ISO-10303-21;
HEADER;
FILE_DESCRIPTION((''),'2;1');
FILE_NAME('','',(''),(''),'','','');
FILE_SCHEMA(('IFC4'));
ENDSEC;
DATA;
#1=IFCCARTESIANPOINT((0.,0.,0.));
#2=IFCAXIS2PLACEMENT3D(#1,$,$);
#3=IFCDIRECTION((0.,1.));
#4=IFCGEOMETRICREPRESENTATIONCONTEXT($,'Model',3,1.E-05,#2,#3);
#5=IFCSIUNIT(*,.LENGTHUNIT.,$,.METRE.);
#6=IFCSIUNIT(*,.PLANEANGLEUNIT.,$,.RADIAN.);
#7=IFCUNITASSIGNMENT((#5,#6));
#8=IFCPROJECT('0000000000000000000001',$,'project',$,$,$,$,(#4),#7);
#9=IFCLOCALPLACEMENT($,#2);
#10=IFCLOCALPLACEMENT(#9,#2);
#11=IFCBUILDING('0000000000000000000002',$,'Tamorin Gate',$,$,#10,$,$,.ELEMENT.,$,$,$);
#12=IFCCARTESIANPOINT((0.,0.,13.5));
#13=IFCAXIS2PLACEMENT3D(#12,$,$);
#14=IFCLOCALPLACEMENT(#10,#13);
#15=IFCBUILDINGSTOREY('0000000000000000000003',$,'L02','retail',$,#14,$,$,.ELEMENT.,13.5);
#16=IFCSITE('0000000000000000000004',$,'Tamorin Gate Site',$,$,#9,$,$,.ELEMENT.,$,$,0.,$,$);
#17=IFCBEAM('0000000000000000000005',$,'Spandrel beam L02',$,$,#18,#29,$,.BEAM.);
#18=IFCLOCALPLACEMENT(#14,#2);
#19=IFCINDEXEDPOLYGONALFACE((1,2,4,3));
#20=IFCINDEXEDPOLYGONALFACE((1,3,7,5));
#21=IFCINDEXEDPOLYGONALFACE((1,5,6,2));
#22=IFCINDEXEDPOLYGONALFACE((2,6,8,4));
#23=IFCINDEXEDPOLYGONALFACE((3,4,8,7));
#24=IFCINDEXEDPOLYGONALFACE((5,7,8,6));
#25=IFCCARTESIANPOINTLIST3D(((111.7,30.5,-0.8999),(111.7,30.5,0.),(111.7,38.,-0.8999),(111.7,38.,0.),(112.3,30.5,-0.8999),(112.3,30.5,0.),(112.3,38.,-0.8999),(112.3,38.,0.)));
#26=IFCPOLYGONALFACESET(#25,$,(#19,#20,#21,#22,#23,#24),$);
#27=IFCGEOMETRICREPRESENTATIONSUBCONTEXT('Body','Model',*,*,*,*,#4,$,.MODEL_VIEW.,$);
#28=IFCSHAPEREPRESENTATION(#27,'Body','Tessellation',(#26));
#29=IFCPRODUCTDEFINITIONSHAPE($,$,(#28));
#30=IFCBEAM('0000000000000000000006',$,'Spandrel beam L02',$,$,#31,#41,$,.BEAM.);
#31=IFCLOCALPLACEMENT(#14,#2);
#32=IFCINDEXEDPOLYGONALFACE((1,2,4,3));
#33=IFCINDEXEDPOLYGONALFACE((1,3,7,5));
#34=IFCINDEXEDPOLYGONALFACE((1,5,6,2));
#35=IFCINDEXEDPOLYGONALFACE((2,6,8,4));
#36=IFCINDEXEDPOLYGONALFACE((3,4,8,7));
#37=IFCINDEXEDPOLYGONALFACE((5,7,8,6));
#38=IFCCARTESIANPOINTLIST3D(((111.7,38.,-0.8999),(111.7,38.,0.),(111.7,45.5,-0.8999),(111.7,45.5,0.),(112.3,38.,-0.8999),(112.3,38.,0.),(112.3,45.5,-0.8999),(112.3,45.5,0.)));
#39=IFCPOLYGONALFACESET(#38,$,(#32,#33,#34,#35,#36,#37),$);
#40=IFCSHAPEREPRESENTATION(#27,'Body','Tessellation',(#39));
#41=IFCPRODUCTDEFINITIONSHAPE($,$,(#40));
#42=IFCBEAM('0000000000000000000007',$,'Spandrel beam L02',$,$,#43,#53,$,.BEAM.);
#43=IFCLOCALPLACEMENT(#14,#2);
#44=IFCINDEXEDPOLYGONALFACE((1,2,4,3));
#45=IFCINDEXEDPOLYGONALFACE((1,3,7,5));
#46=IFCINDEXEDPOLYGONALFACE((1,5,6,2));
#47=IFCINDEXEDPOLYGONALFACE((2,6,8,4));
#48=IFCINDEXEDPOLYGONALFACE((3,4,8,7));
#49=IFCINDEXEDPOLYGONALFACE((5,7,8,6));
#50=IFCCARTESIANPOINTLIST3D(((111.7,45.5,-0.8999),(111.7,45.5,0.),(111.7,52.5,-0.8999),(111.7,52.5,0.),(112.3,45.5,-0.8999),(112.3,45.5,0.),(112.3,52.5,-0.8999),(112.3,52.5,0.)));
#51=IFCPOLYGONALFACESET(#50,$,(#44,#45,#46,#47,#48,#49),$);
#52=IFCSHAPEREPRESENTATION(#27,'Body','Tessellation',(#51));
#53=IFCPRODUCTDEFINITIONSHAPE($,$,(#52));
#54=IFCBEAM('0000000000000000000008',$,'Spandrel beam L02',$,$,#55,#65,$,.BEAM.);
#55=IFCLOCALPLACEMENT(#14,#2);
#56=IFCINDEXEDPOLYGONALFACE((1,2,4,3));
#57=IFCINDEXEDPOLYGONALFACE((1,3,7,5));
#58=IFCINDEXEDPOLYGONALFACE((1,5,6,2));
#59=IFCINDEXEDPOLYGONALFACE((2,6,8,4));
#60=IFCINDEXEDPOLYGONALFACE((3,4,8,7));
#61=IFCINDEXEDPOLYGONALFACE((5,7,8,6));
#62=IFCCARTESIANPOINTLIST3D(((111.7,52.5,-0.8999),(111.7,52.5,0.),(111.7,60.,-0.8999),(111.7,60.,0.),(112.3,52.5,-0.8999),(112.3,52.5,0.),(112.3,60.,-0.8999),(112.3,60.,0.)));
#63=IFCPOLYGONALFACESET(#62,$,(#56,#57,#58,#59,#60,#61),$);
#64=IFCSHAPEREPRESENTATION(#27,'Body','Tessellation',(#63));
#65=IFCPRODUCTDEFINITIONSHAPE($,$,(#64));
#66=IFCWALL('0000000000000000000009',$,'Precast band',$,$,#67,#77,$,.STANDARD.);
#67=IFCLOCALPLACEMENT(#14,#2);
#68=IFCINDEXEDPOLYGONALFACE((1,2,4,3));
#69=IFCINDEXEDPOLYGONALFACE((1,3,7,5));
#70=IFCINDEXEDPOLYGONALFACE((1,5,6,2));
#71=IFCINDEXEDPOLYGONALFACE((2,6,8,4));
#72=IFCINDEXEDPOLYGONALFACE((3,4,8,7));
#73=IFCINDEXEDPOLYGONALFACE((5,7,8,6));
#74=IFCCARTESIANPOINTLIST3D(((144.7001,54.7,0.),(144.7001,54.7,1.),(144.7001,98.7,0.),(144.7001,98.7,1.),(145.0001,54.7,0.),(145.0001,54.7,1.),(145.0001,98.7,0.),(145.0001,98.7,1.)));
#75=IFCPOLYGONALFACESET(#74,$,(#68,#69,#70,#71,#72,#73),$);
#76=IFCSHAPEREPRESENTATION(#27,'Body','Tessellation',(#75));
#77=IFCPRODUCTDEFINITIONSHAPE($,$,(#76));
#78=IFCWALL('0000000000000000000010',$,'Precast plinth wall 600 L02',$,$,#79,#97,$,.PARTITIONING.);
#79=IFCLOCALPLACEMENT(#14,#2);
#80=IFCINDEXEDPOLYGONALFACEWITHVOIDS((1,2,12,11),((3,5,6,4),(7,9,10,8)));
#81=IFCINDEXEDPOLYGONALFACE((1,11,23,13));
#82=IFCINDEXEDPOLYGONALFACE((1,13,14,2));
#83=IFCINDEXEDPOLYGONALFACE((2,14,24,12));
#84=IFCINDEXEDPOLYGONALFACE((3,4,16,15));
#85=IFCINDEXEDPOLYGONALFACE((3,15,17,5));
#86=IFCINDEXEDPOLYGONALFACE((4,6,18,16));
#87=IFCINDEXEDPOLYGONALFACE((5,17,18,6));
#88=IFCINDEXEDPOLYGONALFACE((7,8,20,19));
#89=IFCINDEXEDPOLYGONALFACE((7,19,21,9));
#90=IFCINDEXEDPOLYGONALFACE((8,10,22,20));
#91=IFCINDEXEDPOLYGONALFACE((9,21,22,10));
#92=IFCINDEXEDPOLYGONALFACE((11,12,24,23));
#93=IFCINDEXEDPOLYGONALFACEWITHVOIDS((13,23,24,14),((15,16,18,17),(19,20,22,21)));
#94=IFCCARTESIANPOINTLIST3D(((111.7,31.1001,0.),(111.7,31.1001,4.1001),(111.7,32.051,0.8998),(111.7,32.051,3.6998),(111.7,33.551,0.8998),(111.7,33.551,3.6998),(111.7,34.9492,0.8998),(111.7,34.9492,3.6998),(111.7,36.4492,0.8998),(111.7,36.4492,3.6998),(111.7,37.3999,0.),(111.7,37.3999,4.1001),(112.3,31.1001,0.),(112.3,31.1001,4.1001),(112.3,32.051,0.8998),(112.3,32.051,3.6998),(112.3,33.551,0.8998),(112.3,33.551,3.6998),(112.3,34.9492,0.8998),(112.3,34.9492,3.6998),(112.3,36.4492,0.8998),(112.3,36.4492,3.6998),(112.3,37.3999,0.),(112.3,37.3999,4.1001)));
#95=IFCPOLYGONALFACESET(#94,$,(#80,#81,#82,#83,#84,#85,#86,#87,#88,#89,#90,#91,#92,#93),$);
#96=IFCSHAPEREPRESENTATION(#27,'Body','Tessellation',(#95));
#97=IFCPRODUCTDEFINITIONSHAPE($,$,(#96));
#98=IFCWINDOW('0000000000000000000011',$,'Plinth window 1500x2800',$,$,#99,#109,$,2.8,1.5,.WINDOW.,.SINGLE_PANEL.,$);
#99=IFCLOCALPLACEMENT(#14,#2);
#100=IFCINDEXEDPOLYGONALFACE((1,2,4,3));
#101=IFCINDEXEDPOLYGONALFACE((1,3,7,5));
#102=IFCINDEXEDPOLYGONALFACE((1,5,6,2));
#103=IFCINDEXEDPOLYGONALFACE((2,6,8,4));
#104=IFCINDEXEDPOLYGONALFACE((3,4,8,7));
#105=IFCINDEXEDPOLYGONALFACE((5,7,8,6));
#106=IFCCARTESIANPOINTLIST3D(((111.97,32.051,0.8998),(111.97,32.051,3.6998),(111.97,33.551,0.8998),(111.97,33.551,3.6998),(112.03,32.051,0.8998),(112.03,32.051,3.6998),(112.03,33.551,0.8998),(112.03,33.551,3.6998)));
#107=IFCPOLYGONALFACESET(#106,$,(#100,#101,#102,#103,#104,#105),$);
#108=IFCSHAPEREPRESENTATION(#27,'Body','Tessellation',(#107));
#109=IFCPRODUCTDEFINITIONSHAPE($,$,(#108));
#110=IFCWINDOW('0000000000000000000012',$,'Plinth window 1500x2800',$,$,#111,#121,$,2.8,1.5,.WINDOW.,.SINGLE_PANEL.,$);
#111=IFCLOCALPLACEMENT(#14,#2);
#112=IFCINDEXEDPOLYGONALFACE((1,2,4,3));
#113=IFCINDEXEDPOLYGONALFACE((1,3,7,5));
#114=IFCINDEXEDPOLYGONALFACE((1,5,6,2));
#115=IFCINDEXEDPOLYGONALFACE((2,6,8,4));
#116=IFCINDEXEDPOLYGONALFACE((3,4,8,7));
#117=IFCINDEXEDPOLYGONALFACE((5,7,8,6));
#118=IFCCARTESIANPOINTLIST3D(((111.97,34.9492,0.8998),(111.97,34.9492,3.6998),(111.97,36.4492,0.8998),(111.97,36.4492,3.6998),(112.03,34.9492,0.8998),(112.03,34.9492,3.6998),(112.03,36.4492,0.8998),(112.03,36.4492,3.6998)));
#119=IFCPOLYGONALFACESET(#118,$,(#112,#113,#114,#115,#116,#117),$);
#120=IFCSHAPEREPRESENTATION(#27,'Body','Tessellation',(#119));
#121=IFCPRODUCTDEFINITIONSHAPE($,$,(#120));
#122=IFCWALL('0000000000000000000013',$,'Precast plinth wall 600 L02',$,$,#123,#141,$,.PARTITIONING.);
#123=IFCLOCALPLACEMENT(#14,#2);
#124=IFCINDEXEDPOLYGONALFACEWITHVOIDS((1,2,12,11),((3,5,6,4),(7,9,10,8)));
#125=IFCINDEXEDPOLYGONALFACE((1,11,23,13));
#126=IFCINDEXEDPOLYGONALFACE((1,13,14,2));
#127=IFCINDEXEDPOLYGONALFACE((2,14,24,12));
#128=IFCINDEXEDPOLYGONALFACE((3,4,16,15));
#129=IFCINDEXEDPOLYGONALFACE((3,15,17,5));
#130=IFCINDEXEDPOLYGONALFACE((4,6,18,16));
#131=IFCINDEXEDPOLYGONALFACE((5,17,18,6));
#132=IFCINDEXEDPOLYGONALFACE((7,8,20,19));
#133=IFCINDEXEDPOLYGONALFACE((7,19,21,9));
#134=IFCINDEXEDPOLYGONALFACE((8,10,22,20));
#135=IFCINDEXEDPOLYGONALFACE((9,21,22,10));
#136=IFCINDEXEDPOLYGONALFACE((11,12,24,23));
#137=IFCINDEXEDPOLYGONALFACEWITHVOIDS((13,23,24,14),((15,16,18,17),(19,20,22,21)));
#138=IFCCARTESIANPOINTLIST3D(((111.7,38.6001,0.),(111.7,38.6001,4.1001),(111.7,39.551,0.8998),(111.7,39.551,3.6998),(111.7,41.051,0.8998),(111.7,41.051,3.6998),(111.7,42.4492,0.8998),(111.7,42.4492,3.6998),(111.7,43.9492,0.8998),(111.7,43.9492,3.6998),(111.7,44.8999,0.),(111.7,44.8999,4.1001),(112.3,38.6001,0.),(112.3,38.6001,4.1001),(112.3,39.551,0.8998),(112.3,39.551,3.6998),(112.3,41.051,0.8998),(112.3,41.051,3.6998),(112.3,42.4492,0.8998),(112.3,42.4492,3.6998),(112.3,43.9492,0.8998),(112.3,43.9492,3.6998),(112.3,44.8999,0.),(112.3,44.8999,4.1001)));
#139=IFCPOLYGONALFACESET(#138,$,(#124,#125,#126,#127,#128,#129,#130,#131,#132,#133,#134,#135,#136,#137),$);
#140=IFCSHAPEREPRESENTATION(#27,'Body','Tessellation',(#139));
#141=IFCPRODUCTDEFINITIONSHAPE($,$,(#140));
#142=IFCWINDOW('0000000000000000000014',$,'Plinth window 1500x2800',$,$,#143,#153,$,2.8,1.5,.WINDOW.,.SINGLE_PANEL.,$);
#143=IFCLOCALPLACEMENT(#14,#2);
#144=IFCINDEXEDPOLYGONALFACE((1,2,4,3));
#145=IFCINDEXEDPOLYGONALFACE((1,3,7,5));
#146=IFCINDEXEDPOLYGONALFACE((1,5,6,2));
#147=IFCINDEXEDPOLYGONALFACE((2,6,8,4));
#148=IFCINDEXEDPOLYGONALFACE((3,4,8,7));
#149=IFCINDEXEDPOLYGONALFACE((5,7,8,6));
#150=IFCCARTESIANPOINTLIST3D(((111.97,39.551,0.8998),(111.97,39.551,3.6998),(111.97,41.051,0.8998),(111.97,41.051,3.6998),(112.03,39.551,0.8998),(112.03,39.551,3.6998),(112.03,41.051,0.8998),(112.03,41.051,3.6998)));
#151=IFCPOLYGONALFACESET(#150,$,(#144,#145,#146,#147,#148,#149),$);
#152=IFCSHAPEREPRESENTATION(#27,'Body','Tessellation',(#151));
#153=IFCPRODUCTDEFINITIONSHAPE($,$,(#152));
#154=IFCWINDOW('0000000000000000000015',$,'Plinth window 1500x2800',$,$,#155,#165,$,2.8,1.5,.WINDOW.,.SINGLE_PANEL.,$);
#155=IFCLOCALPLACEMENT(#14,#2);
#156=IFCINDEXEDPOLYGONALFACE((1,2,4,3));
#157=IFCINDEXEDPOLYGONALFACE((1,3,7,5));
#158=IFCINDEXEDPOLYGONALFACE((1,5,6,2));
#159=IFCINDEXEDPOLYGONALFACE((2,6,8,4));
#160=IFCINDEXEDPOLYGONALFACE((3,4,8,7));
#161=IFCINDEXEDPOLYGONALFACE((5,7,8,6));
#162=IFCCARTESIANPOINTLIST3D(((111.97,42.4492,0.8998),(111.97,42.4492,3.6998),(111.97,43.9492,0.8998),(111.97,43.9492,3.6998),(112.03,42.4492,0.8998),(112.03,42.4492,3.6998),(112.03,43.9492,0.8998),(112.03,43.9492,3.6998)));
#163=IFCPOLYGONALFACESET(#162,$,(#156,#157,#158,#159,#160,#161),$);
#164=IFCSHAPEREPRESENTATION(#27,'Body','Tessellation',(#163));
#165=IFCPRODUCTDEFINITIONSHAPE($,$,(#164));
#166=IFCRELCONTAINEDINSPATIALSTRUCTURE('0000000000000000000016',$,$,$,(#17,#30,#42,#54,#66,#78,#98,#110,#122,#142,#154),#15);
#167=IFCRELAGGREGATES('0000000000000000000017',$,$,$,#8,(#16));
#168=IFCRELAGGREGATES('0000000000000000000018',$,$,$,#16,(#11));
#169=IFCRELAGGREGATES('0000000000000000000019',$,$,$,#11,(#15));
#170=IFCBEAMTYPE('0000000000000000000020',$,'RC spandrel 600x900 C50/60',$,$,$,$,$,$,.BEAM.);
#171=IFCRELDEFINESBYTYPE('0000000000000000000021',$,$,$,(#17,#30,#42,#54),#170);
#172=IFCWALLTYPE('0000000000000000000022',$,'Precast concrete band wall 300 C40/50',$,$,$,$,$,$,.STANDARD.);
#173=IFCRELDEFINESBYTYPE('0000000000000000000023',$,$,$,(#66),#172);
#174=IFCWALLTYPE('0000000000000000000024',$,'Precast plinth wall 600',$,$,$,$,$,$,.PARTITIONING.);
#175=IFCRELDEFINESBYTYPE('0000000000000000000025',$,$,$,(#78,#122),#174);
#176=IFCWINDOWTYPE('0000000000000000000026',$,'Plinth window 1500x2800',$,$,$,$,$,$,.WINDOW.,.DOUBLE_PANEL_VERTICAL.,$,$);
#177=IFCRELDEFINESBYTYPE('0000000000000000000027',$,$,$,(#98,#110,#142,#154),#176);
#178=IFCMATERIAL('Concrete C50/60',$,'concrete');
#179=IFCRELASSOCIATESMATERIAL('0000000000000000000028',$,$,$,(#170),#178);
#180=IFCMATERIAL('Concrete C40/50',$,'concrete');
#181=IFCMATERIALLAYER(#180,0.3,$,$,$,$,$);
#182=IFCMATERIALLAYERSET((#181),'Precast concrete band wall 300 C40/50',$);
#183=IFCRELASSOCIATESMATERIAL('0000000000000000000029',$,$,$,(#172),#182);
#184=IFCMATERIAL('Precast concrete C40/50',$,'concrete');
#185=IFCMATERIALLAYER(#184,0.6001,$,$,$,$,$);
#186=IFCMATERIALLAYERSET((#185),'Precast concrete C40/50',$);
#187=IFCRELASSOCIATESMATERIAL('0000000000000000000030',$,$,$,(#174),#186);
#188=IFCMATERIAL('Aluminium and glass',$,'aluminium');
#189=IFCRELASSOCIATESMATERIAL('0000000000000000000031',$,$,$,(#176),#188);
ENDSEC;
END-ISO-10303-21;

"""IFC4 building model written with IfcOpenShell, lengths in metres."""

from ifc_helpers import new_model, si_unit, direction, frame, frame_2d, origin, origin_2d, place, context, subcontext, project, spatial, rectangle, extrude, material, layer, layer_set, material_profile, profile_set, type_object, element, fill, save


model = new_model("IFC4")

# Units and contexts
model_context = context("Model", 3, precision=1e-05, world=origin(), true_north=direction((0.0, 1.0)))
body_context = subcontext(model_context, "Body", "Model", "MODEL_VIEW")
ifc_project = project(units=[si_unit("LENGTHUNIT", "METRE"), si_unit("PLANEANGLEUNIT", "RADIAN")], contexts=[model_context])

# Site, building, storey
site_placement = place(None, origin())
site = spatial("IfcSite", under=ifc_project, at=site_placement, Name="Tamorin Gate Site", CompositionType="ELEMENT", RefElevation=0.0)
building_placement = place(site_placement, origin())
building = spatial("IfcBuilding", under=site, at=building_placement, Name="Tamorin Gate", CompositionType="ELEMENT")
storey_placement = place(building_placement, frame((0.0, 0.0, 13.5)))
storey = spatial("IfcBuildingStorey", under=building, at=storey_placement, Name="L02", Description="retail", CompositionType="ELEMENT", Elevation=13.5)

# Beams
ifc_material_1 = material(Name="Concrete C50/60", Category="concrete")
ifc_material_profile = material_profile(ifc_material_1, rectangle(XDim=0.6001, YDim=0.8999, at=origin_2d()), Name="RC 600x900")
ifc_profile_set = profile_set([ifc_material_profile], Name="Concrete C50/60")
beam_type = type_object("IfcBeamType", Name="RC spandrel 600x900 C50/60", PredefinedType="BEAM", material=ifc_profile_set)
for number, where, z_axis, x_axis, name in (
    (1, (112.0, 30.5, -0.45), (0.0, 1.0, 0.0), (-1.0, 0.0, 0.0), "Spandrel beam L02"),
    (2, (112.0, 38.0, -0.45), (0.0, 1.0, 0.0), (-1.0, 0.0, 0.0), "Spandrel beam L02"),
):
    element("IfcBeam", number, at=place(storey_placement, frame(where, z_axis=z_axis, x_axis=x_axis)), inside=storey, type_object=beam_type, Name=name, PredefinedType="BEAM", context=body_context, shape_type="SweptSolid", body=[
        extrude(rectangle(XDim=0.6001, YDim=0.8999, at=origin_2d()), origin(), (0.0, 0.0, 1.0), 7.5),
    ])
beam_1_placement = place(storey_placement, frame((112.0, 45.5, -0.45), z_axis=(0.0, 1.0, 0.0), x_axis=(-1.0, 0.0, 0.0)))
element("IfcBeam", 3, at=beam_1_placement, inside=storey, type_object=beam_type, Name="Spandrel beam L02", PredefinedType="BEAM", context=body_context, shape_type="SweptSolid", body=[
    extrude(rectangle(XDim=0.6001, YDim=0.8999, at=origin_2d()), origin(), (0.0, 0.0, 1.0), 7.0),
])
beam_2_placement = place(storey_placement, frame((112.0, 52.5, -0.45), z_axis=(0.0, 1.0, 0.0), x_axis=(-1.0, 0.0, 0.0)))
element("IfcBeam", 4, at=beam_2_placement, inside=storey, type_object=beam_type, Name="Spandrel beam L02", PredefinedType="BEAM", context=body_context, shape_type="SweptSolid", body=[
    extrude(rectangle(XDim=0.6001, YDim=0.8999, at=origin_2d()), origin(), (0.0, 0.0, 1.0), 7.5),
])

# Wall
ifc_material_2 = material(Name="Concrete C40/50", Category="concrete")
ifc_layer_1 = layer(ifc_material_2, 0.3)
ifc_layer_set_1 = layer_set([ifc_layer_1], Name="Precast concrete band wall 300 C40/50")
wall_type_1 = type_object("IfcWallType", Name="Precast concrete band wall 300 C40/50", PredefinedType="STANDARD", material=ifc_layer_set_1)
wall_1_placement = place(storey_placement, frame((144.8501, 54.7, 0.0), z_axis=(0.0, 0.0, 1.0), x_axis=(0.0, 1.0, 0.0)))
element("IfcWall", 5, at=wall_1_placement, inside=storey, type_object=wall_type_1, Name="Precast band", PredefinedType="STANDARD", context=body_context, shape_type="SweptSolid", body=[
    extrude(rectangle(XDim=44.0, YDim=0.3, at=frame_2d((22.0, 0.0))), origin(), (0.0, 0.0, 1.0), 1.0),
])

# Walls, openings, windows
ifc_material_3 = material(Name="Precast concrete C40/50", Category="concrete")
ifc_layer_2 = layer(ifc_material_3, 0.6001)
ifc_layer_set_2 = layer_set([ifc_layer_2], Name="Precast concrete C40/50")
wall_type_2 = type_object("IfcWallType", Name="Precast plinth wall 600", PredefinedType="PARTITIONING", material=ifc_layer_set_2)
wall_2_placement = place(storey_placement, frame((112.0, 31.1001, 0.0), z_axis=(0.0, 0.0, 1.0), x_axis=(0.0, 1.0, 0.0)))
wall_2 = element("IfcWall", 6, at=wall_2_placement, inside=storey, type_object=wall_type_2, Name="Precast plinth wall 600 L02", PredefinedType="PARTITIONING", context=body_context, shape_type="SweptSolid", body=[
    extrude(rectangle(XDim=6.2998, YDim=0.6001, at=frame_2d((3.1499, 0.0))), origin(), (0.0, 0.0, 1.0), 4.1001),
])
opening_1_placement = place(wall_2_placement, frame((0.9509, 0.0, 0.8999)))
opening_1 = element("IfcOpeningElement", 7, at=opening_1_placement, cuts=wall_2, PredefinedType="OPENING", context=body_context, shape_type="SweptSolid", body=[
    extrude(rectangle(XDim=1.5, YDim=2.8, at=frame_2d((0.75, 1.3999))), frame((0.0, 0.3101, 0.0), z_axis=(0.0, -1.0, 0.0), x_axis=(1.0, 0.0, 0.0)), (0.0, 0.0, 1.0), 0.6201),
])
opening_2_placement = place(wall_2_placement, frame((3.8491, 0.0, 0.8999)))
opening_2 = element("IfcOpeningElement", 8, at=opening_2_placement, cuts=wall_2, PredefinedType="OPENING", context=body_context, shape_type="SweptSolid", body=[
    extrude(rectangle(XDim=1.5, YDim=2.8, at=frame_2d((0.75, 1.3999))), frame((0.0, 0.3101, 0.0), z_axis=(0.0, -1.0, 0.0), x_axis=(1.0, 0.0, 0.0)), (0.0, 0.0, 1.0), 0.6201),
])
ifc_material_4 = material(Name="Aluminium and glass", Category="aluminium")
window_type = type_object("IfcWindowType", Name="Plinth window 1500x2800", PartitioningType="DOUBLE_PANEL_VERTICAL", PredefinedType="WINDOW", material=ifc_material_4)
window_1_placement = place(opening_1_placement, origin())
window_1 = element("IfcWindow", 9, at=window_1_placement, inside=storey, type_object=window_type, Name="Plinth window 1500x2800", OverallHeight=2.8, OverallWidth=1.5, PartitioningType="SINGLE_PANEL", PredefinedType="WINDOW", context=body_context, shape_type="SweptSolid", body=[
    extrude(rectangle(XDim=1.5, YDim=2.8, at=frame_2d((0.75, 1.3999))), frame((0.0, 0.03, 0.0), z_axis=(0.0, -1.0, 0.0), x_axis=(1.0, 0.0, 0.0)), (0.0, 0.0, 1.0), 0.0601),
])
fill(opening_1, window_1)
window_2_placement = place(opening_2_placement, origin())
window_2 = element("IfcWindow", 10, at=window_2_placement, inside=storey, type_object=window_type, Name="Plinth window 1500x2800", OverallHeight=2.8, OverallWidth=1.5, PartitioningType="SINGLE_PANEL", PredefinedType="WINDOW", context=body_context, shape_type="SweptSolid", body=[
    extrude(rectangle(XDim=1.5, YDim=2.8, at=frame_2d((0.75, 1.3999))), frame((0.0, 0.03, 0.0), z_axis=(0.0, -1.0, 0.0), x_axis=(1.0, 0.0, 0.0)), (0.0, 0.0, 1.0), 0.0601),
])
fill(opening_2, window_2)
wall_3_placement = place(storey_placement, frame((112.0, 38.6001, 0.0), z_axis=(0.0, 0.0, 1.0), x_axis=(0.0, 1.0, 0.0)))
wall_3 = element("IfcWall", 11, at=wall_3_placement, inside=storey, type_object=wall_type_2, Name="Precast plinth wall 600 L02", PredefinedType="PARTITIONING", context=body_context, shape_type="SweptSolid", body=[
    extrude(rectangle(XDim=6.2998, YDim=0.6001, at=frame_2d((3.1499, 0.0))), origin(), (0.0, 0.0, 1.0), 4.1001),
])
opening_3_placement = place(wall_3_placement, frame((0.9509, 0.0, 0.8999)))
opening_3 = element("IfcOpeningElement", 12, at=opening_3_placement, cuts=wall_3, PredefinedType="OPENING", context=body_context, shape_type="SweptSolid", body=[
    extrude(rectangle(XDim=1.5, YDim=2.8, at=frame_2d((0.75, 1.3999))), frame((0.0, 0.3101, 0.0), z_axis=(0.0, -1.0, 0.0), x_axis=(1.0, 0.0, 0.0)), (0.0, 0.0, 1.0), 0.6201),
])
opening_4_placement = place(wall_3_placement, frame((3.8491, 0.0, 0.8999)))
opening_4 = element("IfcOpeningElement", 13, at=opening_4_placement, cuts=wall_3, PredefinedType="OPENING", context=body_context, shape_type="SweptSolid", body=[
    extrude(rectangle(XDim=1.5, YDim=2.8, at=frame_2d((0.75, 1.3999))), frame((0.0, 0.3101, 0.0), z_axis=(0.0, -1.0, 0.0), x_axis=(1.0, 0.0, 0.0)), (0.0, 0.0, 1.0), 0.6201),
])
window_3_placement = place(opening_3_placement, origin())
window_3 = element("IfcWindow", 14, at=window_3_placement, inside=storey, type_object=window_type, Name="Plinth window 1500x2800", OverallHeight=2.8, OverallWidth=1.5, PartitioningType="SINGLE_PANEL", PredefinedType="WINDOW", context=body_context, shape_type="SweptSolid", body=[
    extrude(rectangle(XDim=1.5, YDim=2.8, at=frame_2d((0.75, 1.3999))), frame((0.0, 0.03, 0.0), z_axis=(0.0, -1.0, 0.0), x_axis=(1.0, 0.0, 0.0)), (0.0, 0.0, 1.0), 0.0601),
])
fill(opening_3, window_3)
window_4_placement = place(opening_4_placement, origin())
window_4 = element("IfcWindow", 15, at=window_4_placement, inside=storey, type_object=window_type, Name="Plinth window 1500x2800", OverallHeight=2.8, OverallWidth=1.5, PartitioningType="SINGLE_PANEL", PredefinedType="WINDOW", context=body_context, shape_type="SweptSolid", body=[
    extrude(rectangle(XDim=1.5, YDim=2.8, at=frame_2d((0.75, 1.3999))), frame((0.0, 0.03, 0.0), z_axis=(0.0, -1.0, 0.0), x_axis=(1.0, 0.0, 0.0)), (0.0, 0.0, 1.0), 0.0601),
])
fill(opening_4, window_4)

save(model, "model.ifc")
